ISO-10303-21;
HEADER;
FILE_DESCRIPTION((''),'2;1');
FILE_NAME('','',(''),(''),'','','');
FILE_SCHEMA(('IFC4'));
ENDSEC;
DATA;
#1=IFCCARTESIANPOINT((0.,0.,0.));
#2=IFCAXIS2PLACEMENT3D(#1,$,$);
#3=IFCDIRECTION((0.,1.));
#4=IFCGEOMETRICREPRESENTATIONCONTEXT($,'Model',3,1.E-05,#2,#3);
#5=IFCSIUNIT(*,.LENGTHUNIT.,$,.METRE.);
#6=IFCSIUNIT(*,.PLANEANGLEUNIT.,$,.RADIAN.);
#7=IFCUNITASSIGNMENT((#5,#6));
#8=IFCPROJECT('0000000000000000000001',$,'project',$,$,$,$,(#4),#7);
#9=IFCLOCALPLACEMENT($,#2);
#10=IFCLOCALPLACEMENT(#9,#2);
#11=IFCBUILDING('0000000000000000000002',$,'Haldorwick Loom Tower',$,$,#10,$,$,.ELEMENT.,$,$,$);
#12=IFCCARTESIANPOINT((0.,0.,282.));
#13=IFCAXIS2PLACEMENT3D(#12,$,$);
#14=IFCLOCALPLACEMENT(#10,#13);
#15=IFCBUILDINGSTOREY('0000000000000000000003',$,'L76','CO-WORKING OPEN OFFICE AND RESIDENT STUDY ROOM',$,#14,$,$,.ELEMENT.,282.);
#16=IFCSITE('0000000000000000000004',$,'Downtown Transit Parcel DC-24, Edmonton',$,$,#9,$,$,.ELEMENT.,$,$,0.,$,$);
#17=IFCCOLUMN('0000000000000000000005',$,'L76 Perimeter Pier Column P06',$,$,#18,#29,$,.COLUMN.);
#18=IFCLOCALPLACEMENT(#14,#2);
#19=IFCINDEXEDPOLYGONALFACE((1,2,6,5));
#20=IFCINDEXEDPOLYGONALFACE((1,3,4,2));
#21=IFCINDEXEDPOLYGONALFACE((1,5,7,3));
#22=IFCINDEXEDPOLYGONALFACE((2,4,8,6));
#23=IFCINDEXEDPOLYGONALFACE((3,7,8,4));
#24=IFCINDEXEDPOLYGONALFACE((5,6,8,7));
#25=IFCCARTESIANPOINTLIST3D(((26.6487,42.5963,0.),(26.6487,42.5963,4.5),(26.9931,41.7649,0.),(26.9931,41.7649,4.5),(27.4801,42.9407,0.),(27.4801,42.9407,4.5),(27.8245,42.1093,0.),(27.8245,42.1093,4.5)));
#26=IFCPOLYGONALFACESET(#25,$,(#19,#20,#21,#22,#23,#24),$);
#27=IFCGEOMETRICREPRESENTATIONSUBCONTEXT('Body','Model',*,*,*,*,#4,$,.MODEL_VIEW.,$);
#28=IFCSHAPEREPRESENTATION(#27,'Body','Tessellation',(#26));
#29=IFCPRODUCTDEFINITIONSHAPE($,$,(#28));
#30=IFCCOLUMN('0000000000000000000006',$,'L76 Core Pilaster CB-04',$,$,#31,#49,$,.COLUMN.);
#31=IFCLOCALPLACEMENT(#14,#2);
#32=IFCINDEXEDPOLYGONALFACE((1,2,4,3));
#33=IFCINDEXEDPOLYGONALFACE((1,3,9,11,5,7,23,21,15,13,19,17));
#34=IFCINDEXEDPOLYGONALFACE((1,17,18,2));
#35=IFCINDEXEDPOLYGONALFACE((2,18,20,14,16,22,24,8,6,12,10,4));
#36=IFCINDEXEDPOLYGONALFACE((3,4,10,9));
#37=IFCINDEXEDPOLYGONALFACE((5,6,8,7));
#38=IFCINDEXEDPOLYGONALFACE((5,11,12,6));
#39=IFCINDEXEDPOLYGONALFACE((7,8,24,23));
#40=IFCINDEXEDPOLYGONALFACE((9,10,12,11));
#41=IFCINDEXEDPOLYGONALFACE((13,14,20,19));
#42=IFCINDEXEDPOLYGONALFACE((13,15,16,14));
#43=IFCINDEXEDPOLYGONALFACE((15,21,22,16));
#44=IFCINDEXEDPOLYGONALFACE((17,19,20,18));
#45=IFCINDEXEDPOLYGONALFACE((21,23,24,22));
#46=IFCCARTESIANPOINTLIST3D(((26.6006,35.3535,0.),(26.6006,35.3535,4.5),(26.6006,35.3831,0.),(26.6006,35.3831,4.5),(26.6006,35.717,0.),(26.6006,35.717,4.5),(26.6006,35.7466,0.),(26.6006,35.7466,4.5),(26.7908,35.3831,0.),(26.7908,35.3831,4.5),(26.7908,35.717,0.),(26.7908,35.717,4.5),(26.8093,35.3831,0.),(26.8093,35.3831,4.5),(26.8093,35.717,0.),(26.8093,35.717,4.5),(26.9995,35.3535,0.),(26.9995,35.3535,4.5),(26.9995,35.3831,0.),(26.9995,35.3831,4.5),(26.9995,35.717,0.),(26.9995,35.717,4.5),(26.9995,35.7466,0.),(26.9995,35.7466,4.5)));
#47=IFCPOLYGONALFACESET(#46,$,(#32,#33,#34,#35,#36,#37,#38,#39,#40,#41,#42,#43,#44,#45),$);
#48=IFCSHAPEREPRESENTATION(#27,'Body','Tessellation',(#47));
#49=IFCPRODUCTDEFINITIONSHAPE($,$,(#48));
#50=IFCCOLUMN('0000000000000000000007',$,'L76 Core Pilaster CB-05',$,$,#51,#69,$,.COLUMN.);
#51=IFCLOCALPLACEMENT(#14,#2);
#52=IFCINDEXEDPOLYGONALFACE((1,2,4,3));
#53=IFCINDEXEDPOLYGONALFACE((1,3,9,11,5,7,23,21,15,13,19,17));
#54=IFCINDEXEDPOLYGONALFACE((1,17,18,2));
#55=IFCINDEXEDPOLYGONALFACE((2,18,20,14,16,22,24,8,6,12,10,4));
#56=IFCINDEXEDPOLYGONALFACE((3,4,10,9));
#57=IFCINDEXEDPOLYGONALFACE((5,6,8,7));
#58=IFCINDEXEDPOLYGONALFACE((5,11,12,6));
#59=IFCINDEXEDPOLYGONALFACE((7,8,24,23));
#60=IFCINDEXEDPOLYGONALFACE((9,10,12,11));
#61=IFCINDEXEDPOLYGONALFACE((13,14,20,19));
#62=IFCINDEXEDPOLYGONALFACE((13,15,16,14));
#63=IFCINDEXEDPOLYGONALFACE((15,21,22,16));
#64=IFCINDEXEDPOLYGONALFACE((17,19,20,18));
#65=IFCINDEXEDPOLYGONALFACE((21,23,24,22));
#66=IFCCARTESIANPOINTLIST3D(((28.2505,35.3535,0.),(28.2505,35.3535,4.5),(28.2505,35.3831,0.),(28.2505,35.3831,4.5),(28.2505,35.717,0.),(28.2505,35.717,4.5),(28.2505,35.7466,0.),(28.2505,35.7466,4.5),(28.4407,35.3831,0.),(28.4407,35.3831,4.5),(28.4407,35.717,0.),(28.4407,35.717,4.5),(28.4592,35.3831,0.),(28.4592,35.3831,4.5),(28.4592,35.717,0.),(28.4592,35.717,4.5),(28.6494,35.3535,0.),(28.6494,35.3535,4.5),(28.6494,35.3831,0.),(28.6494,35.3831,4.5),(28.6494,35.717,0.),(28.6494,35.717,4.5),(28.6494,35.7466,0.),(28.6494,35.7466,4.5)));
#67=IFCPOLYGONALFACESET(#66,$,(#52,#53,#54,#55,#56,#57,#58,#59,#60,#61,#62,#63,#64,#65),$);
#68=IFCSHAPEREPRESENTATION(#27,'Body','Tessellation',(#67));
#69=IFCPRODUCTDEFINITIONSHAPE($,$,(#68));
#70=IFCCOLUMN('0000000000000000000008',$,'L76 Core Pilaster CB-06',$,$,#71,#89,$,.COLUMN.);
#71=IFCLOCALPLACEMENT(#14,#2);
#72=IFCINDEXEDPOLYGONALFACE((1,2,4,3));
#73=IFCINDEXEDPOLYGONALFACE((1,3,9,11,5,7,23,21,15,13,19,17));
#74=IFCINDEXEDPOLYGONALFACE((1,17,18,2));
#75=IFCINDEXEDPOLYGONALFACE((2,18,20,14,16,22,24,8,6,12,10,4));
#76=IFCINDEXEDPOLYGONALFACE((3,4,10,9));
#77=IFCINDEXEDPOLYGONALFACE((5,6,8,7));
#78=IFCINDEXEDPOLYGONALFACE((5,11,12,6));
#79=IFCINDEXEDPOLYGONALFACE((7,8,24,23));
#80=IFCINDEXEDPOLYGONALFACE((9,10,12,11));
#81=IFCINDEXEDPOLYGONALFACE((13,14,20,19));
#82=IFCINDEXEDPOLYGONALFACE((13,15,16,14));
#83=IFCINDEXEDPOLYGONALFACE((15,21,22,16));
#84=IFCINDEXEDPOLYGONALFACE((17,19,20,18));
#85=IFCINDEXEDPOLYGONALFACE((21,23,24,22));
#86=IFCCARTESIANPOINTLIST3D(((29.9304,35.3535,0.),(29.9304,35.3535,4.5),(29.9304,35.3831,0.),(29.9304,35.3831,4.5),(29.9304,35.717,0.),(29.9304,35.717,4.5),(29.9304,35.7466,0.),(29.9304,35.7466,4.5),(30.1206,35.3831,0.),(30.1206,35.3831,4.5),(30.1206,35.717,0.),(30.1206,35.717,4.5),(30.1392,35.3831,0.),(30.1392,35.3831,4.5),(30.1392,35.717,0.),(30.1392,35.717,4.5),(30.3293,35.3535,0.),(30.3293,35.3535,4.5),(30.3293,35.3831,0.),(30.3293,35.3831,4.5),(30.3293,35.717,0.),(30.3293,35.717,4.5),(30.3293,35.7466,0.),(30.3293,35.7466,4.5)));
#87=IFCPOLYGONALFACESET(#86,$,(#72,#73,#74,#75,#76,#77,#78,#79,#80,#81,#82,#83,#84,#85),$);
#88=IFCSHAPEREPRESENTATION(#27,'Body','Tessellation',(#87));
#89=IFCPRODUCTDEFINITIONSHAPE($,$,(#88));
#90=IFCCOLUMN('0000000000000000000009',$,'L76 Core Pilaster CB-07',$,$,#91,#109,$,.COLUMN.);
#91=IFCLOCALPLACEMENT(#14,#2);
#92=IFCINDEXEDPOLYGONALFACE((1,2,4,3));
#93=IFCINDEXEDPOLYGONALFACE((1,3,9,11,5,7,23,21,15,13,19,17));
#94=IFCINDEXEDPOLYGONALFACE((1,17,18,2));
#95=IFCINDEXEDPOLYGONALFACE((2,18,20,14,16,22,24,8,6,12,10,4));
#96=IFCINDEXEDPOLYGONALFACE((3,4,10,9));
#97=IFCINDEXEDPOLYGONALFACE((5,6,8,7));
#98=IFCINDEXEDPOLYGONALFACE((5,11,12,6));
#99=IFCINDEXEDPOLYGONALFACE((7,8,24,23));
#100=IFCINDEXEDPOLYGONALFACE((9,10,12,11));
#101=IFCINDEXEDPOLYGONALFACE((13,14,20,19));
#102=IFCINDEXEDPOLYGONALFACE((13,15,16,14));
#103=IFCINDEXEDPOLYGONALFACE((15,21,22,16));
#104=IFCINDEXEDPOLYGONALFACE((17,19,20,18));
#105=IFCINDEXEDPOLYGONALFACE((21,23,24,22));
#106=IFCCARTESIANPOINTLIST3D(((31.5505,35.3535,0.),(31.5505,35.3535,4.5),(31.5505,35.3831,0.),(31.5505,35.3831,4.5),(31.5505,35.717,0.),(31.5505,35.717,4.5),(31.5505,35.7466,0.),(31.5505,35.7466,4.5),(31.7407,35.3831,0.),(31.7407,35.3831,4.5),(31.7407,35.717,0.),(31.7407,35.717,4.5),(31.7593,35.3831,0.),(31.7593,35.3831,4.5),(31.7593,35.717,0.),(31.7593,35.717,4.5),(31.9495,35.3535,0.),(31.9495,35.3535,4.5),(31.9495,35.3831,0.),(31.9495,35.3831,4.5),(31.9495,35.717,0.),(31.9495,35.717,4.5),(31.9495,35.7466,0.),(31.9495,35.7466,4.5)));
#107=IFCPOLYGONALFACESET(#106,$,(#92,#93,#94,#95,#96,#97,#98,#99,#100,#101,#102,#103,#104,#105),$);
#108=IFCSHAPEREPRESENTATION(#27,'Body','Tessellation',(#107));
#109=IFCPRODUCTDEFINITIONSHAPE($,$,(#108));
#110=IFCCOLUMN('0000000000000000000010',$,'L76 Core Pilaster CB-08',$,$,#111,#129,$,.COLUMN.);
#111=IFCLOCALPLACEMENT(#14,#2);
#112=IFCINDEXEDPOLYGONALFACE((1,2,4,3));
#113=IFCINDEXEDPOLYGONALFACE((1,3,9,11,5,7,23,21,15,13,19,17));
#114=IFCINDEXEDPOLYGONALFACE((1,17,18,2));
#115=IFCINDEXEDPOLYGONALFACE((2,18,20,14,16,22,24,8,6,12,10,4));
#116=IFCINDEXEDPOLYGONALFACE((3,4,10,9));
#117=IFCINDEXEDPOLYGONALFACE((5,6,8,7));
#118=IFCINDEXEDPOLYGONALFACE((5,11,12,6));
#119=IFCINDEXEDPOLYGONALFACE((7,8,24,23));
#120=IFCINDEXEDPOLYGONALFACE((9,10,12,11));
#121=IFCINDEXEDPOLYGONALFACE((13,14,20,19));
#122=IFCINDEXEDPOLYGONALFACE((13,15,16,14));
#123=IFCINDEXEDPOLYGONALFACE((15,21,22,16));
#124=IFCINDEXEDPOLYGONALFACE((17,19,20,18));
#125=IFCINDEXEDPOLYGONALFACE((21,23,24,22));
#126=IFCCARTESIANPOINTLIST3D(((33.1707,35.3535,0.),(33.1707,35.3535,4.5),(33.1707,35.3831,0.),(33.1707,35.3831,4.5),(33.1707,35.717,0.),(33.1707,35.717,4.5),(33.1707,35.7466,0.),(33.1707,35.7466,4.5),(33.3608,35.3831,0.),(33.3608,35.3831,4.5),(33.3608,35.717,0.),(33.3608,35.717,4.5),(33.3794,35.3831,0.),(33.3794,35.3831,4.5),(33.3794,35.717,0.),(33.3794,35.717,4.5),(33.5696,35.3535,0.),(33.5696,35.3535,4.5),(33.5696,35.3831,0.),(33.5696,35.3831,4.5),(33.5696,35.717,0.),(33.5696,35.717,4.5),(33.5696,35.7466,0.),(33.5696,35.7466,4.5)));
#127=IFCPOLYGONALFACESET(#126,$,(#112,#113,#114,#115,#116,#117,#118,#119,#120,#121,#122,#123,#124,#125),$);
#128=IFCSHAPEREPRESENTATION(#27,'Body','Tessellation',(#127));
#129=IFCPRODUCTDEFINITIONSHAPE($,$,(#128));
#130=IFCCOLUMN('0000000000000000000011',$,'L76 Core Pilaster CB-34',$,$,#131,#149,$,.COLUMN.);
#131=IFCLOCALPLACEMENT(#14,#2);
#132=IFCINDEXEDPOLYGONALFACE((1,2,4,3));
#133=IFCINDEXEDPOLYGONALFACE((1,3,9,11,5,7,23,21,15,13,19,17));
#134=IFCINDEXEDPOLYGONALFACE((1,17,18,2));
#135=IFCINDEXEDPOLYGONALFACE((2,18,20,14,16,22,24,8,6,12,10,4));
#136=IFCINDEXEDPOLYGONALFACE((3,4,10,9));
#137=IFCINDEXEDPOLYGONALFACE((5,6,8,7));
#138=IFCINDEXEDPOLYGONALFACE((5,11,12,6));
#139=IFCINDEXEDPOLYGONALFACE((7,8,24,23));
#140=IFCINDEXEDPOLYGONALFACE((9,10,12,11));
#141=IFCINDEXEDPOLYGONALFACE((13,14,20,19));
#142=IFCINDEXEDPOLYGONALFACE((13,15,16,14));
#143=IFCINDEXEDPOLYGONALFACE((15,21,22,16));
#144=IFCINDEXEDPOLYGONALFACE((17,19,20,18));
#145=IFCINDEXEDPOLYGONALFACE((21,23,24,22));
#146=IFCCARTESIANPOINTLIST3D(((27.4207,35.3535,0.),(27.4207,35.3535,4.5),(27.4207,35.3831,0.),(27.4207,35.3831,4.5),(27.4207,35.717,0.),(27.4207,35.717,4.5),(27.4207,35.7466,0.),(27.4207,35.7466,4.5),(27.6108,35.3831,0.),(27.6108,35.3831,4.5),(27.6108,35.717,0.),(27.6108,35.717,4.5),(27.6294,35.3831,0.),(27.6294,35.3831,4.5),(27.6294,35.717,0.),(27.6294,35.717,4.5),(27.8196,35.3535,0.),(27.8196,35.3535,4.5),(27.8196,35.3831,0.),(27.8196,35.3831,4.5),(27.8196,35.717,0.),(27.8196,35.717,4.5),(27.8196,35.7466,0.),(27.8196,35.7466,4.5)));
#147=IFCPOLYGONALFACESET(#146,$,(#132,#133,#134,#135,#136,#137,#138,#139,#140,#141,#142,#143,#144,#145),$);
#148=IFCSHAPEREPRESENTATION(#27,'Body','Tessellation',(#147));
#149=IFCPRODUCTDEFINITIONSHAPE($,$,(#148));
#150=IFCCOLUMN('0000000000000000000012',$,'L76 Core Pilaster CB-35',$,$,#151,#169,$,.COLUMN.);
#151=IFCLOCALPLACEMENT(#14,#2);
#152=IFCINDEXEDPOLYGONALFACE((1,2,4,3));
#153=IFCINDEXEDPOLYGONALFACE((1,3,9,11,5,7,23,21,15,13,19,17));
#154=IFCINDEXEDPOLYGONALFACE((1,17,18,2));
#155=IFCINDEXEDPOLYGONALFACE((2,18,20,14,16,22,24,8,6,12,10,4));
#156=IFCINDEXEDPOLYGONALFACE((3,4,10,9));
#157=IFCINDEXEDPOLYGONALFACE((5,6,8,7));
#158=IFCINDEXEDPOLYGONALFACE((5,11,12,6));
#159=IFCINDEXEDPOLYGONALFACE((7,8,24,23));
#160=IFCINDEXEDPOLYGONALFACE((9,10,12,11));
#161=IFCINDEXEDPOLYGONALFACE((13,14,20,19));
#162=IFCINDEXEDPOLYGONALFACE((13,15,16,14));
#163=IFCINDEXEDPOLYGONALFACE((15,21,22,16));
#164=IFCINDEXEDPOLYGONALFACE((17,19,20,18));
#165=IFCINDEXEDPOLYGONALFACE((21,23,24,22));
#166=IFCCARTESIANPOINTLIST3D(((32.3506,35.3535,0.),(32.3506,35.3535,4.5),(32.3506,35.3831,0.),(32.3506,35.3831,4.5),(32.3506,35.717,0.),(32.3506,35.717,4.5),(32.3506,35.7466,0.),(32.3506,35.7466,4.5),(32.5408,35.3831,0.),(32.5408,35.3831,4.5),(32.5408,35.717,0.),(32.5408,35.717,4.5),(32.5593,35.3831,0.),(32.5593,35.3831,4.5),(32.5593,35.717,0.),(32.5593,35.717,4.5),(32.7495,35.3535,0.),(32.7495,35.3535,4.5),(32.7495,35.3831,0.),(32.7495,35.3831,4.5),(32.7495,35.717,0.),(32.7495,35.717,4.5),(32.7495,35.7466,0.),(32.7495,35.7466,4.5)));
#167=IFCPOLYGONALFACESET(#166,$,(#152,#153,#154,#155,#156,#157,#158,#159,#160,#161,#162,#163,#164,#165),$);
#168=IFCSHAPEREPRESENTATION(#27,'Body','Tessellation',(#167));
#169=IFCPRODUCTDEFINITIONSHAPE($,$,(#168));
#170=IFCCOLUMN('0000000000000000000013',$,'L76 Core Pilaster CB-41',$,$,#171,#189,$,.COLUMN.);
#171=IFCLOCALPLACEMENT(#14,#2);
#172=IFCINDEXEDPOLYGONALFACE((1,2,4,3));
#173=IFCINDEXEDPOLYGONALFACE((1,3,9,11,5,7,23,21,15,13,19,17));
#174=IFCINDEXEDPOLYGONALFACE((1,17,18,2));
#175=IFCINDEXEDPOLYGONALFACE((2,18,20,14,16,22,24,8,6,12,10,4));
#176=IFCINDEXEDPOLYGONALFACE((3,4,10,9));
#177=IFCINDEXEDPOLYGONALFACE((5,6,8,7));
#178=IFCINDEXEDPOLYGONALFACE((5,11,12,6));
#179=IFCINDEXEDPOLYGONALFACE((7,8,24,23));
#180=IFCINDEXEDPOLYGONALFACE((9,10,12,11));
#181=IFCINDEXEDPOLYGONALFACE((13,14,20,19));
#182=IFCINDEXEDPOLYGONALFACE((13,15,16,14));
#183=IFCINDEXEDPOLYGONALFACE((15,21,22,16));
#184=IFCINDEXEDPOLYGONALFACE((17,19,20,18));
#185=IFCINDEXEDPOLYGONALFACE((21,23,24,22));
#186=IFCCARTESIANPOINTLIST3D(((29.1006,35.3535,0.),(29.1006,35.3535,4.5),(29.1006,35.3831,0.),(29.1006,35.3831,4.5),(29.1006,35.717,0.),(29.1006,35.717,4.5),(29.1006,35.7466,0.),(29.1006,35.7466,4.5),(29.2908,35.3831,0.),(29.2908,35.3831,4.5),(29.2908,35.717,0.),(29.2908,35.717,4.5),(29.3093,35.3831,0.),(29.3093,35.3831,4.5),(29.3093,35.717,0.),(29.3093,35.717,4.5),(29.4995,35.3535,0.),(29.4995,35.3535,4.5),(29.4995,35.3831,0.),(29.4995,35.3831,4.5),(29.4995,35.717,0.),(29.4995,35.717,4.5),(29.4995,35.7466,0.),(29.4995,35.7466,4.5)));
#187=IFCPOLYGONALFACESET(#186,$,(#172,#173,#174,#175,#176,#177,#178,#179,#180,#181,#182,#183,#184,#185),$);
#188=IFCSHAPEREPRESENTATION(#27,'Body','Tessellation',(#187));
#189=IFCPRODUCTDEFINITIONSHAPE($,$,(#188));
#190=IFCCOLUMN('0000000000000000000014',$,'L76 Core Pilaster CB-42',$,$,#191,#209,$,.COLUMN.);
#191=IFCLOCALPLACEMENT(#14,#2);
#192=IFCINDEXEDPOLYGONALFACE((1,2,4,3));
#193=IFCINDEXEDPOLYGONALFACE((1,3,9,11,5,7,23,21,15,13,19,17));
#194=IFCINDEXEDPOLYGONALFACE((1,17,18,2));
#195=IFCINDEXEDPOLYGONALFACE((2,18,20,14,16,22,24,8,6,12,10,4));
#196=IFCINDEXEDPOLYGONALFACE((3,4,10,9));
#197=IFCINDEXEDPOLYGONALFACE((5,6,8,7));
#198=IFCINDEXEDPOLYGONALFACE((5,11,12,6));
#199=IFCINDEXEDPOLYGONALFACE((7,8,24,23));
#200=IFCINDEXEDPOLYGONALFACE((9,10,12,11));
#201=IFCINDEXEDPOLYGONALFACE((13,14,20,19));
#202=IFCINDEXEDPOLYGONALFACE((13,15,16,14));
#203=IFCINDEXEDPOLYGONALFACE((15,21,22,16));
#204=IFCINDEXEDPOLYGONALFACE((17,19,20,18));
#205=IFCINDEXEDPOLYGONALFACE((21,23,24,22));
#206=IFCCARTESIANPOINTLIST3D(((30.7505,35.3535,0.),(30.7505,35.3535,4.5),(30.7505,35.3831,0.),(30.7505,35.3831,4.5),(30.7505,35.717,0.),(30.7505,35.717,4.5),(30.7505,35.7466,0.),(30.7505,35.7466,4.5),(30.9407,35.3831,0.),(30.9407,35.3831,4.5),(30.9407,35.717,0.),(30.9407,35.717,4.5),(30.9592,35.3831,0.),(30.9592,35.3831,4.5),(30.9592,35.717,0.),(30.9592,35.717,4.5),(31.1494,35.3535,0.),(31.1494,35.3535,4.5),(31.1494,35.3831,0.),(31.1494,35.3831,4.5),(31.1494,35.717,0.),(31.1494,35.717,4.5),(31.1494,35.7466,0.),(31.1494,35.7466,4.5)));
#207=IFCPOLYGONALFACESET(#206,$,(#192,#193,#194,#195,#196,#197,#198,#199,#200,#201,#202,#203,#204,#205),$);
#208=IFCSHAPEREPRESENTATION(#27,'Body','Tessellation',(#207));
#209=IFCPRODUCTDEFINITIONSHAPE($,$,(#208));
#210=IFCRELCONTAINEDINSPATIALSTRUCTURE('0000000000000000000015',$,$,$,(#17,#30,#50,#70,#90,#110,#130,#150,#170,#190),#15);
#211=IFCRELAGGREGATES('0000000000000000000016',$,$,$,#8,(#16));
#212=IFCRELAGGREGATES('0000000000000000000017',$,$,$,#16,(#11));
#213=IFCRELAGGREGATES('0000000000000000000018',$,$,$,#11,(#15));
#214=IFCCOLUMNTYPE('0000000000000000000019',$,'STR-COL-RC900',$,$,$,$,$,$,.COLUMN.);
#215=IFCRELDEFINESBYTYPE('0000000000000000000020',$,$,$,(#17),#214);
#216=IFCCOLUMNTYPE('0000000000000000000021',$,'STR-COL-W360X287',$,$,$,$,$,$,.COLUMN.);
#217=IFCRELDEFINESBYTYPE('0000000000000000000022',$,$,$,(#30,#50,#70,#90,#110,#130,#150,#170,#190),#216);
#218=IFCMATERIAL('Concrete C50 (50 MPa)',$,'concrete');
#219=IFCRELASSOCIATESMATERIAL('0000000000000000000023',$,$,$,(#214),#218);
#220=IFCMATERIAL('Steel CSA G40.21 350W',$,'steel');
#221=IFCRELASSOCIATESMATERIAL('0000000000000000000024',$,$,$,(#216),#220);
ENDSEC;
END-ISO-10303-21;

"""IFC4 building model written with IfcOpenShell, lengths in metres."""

from ifc_helpers import new_model, si_unit, direction, frame, origin, origin_2d, place, context, subcontext, project, spatial, rectangle, i_section, extrude, material, material_profile, profile_set, type_object, element, save


model = new_model("IFC4")

# Units and contexts
model_context = context("Model", 3, precision=1e-05, world=origin(), true_north=direction((0.0, 1.0)))
body_context = subcontext(model_context, "Body", "Model", "MODEL_VIEW")
ifc_project = project(units=[si_unit("LENGTHUNIT", "METRE"), si_unit("PLANEANGLEUNIT", "RADIAN")], contexts=[model_context])

# Site, building, storey
site_placement = place(None, origin())
site = spatial("IfcSite", under=ifc_project, at=site_placement, Name="Downtown Transit Parcel DC-24, Edmonton", CompositionType="ELEMENT", RefElevation=0.0)
building_placement = place(site_placement, origin())
building = spatial("IfcBuilding", under=site, at=building_placement, Name="Haldorwick Loom Tower", CompositionType="ELEMENT")
storey_placement = place(building_placement, frame((0.0, 0.0, 282.0)))
storey = spatial("IfcBuildingStorey", under=building, at=storey_placement, Name="L76", Description="CO-WORKING OPEN OFFICE AND RESIDENT STUDY ROOM", CompositionType="ELEMENT", Elevation=282.0)

# Columns
ifc_material_1 = material(Name="Concrete C50 (50 MPa)", Category="concrete")
ifc_material_profile_1 = material_profile(ifc_material_1, rectangle(XDim=0.8999, YDim=0.8999, at=origin_2d()), Name="RC900X900", Category="concrete")
ifc_profile_set_1 = profile_set([ifc_material_profile_1], Name="Concrete C50 (50 MPa)")
column_type_1 = type_object("IfcColumnType", Name="STR-COL-RC900", PredefinedType="COLUMN", material=ifc_profile_set_1)
column_placement = place(storey_placement, frame((27.2366, 42.3528, 0.0), z_axis=(0.0, 0.0, 1.0), x_axis=(-0.382683, 0.92388, 0.0)))
element("IfcColumn", 1, at=column_placement, inside=storey, type_object=column_type_1, Name="L76 Perimeter Pier Column P06", PredefinedType="COLUMN", context=body_context, shape_type="SweptSolid", body=[
    extrude(rectangle(XDim=0.8999, YDim=0.8999, at=origin_2d()), origin(), (0.0, 0.0, 1.0), 4.5),
])
ifc_material_2 = material(Name="Steel CSA G40.21 350W", Category="steel")
ifc_material_profile_2 = material_profile(ifc_material_2, i_section(OverallWidth=0.3989, OverallDepth=0.3931, WebThickness=0.0186, FlangeThickness=0.0295, at=origin_2d()), Name="W360X287", Category="steel")
ifc_profile_set_2 = profile_set([ifc_material_profile_2], Name="Steel CSA G40.21 350W")
column_type_2 = type_object("IfcColumnType", Name="STR-COL-W360X287", PredefinedType="COLUMN", material=ifc_profile_set_2)
for number, where, z_axis, x_axis, name in (
    (2, (26.8, 35.55, 0.0), (0.0, 0.0, 1.0), (1.0, 0.0, 0.0), "L76 Core Pilaster CB-04"),
    (3, (28.45, 35.55, 0.0), (0.0, 0.0, 1.0), (1.0, 0.0, 0.0), "L76 Core Pilaster CB-05"),
    (4, (30.1299, 35.55, 0.0), (0.0, 0.0, 1.0), (1.0, 0.0, 0.0), "L76 Core Pilaster CB-06"),
    (5, (31.75, 35.55, 0.0), (0.0, 0.0, 1.0), (1.0, 0.0, 0.0), "L76 Core Pilaster CB-07"),
    (6, (33.3701, 35.55, 0.0), (0.0, 0.0, 1.0), (1.0, 0.0, 0.0), "L76 Core Pilaster CB-08"),
    (7, (27.6201, 35.55, 0.0), (0.0, 0.0, 1.0), (1.0, 0.0, 0.0), "L76 Core Pilaster CB-34"),
    (8, (32.55, 35.55, 0.0), (0.0, 0.0, 1.0), (1.0, 0.0, 0.0), "L76 Core Pilaster CB-35"),
    (9, (29.3, 35.55, 0.0), (0.0, 0.0, 1.0), (1.0, 0.0, 0.0), "L76 Core Pilaster CB-41"),
    (10, (30.95, 35.55, 0.0), (0.0, 0.0, 1.0), (1.0, 0.0, 0.0), "L76 Core Pilaster CB-42"),
):
    element("IfcColumn", number, at=place(storey_placement, frame(where, z_axis=z_axis, x_axis=x_axis)), inside=storey, type_object=column_type_2, Name=name, PredefinedType="COLUMN", context=body_context, shape_type="SweptSolid", body=[
        extrude(i_section(OverallWidth=0.3989, OverallDepth=0.3931, WebThickness=0.0186, FlangeThickness=0.0295, at=origin_2d()), origin(), (0.0, 0.0, 1.0), 4.5),
    ])

save(model, "model.ifc")
